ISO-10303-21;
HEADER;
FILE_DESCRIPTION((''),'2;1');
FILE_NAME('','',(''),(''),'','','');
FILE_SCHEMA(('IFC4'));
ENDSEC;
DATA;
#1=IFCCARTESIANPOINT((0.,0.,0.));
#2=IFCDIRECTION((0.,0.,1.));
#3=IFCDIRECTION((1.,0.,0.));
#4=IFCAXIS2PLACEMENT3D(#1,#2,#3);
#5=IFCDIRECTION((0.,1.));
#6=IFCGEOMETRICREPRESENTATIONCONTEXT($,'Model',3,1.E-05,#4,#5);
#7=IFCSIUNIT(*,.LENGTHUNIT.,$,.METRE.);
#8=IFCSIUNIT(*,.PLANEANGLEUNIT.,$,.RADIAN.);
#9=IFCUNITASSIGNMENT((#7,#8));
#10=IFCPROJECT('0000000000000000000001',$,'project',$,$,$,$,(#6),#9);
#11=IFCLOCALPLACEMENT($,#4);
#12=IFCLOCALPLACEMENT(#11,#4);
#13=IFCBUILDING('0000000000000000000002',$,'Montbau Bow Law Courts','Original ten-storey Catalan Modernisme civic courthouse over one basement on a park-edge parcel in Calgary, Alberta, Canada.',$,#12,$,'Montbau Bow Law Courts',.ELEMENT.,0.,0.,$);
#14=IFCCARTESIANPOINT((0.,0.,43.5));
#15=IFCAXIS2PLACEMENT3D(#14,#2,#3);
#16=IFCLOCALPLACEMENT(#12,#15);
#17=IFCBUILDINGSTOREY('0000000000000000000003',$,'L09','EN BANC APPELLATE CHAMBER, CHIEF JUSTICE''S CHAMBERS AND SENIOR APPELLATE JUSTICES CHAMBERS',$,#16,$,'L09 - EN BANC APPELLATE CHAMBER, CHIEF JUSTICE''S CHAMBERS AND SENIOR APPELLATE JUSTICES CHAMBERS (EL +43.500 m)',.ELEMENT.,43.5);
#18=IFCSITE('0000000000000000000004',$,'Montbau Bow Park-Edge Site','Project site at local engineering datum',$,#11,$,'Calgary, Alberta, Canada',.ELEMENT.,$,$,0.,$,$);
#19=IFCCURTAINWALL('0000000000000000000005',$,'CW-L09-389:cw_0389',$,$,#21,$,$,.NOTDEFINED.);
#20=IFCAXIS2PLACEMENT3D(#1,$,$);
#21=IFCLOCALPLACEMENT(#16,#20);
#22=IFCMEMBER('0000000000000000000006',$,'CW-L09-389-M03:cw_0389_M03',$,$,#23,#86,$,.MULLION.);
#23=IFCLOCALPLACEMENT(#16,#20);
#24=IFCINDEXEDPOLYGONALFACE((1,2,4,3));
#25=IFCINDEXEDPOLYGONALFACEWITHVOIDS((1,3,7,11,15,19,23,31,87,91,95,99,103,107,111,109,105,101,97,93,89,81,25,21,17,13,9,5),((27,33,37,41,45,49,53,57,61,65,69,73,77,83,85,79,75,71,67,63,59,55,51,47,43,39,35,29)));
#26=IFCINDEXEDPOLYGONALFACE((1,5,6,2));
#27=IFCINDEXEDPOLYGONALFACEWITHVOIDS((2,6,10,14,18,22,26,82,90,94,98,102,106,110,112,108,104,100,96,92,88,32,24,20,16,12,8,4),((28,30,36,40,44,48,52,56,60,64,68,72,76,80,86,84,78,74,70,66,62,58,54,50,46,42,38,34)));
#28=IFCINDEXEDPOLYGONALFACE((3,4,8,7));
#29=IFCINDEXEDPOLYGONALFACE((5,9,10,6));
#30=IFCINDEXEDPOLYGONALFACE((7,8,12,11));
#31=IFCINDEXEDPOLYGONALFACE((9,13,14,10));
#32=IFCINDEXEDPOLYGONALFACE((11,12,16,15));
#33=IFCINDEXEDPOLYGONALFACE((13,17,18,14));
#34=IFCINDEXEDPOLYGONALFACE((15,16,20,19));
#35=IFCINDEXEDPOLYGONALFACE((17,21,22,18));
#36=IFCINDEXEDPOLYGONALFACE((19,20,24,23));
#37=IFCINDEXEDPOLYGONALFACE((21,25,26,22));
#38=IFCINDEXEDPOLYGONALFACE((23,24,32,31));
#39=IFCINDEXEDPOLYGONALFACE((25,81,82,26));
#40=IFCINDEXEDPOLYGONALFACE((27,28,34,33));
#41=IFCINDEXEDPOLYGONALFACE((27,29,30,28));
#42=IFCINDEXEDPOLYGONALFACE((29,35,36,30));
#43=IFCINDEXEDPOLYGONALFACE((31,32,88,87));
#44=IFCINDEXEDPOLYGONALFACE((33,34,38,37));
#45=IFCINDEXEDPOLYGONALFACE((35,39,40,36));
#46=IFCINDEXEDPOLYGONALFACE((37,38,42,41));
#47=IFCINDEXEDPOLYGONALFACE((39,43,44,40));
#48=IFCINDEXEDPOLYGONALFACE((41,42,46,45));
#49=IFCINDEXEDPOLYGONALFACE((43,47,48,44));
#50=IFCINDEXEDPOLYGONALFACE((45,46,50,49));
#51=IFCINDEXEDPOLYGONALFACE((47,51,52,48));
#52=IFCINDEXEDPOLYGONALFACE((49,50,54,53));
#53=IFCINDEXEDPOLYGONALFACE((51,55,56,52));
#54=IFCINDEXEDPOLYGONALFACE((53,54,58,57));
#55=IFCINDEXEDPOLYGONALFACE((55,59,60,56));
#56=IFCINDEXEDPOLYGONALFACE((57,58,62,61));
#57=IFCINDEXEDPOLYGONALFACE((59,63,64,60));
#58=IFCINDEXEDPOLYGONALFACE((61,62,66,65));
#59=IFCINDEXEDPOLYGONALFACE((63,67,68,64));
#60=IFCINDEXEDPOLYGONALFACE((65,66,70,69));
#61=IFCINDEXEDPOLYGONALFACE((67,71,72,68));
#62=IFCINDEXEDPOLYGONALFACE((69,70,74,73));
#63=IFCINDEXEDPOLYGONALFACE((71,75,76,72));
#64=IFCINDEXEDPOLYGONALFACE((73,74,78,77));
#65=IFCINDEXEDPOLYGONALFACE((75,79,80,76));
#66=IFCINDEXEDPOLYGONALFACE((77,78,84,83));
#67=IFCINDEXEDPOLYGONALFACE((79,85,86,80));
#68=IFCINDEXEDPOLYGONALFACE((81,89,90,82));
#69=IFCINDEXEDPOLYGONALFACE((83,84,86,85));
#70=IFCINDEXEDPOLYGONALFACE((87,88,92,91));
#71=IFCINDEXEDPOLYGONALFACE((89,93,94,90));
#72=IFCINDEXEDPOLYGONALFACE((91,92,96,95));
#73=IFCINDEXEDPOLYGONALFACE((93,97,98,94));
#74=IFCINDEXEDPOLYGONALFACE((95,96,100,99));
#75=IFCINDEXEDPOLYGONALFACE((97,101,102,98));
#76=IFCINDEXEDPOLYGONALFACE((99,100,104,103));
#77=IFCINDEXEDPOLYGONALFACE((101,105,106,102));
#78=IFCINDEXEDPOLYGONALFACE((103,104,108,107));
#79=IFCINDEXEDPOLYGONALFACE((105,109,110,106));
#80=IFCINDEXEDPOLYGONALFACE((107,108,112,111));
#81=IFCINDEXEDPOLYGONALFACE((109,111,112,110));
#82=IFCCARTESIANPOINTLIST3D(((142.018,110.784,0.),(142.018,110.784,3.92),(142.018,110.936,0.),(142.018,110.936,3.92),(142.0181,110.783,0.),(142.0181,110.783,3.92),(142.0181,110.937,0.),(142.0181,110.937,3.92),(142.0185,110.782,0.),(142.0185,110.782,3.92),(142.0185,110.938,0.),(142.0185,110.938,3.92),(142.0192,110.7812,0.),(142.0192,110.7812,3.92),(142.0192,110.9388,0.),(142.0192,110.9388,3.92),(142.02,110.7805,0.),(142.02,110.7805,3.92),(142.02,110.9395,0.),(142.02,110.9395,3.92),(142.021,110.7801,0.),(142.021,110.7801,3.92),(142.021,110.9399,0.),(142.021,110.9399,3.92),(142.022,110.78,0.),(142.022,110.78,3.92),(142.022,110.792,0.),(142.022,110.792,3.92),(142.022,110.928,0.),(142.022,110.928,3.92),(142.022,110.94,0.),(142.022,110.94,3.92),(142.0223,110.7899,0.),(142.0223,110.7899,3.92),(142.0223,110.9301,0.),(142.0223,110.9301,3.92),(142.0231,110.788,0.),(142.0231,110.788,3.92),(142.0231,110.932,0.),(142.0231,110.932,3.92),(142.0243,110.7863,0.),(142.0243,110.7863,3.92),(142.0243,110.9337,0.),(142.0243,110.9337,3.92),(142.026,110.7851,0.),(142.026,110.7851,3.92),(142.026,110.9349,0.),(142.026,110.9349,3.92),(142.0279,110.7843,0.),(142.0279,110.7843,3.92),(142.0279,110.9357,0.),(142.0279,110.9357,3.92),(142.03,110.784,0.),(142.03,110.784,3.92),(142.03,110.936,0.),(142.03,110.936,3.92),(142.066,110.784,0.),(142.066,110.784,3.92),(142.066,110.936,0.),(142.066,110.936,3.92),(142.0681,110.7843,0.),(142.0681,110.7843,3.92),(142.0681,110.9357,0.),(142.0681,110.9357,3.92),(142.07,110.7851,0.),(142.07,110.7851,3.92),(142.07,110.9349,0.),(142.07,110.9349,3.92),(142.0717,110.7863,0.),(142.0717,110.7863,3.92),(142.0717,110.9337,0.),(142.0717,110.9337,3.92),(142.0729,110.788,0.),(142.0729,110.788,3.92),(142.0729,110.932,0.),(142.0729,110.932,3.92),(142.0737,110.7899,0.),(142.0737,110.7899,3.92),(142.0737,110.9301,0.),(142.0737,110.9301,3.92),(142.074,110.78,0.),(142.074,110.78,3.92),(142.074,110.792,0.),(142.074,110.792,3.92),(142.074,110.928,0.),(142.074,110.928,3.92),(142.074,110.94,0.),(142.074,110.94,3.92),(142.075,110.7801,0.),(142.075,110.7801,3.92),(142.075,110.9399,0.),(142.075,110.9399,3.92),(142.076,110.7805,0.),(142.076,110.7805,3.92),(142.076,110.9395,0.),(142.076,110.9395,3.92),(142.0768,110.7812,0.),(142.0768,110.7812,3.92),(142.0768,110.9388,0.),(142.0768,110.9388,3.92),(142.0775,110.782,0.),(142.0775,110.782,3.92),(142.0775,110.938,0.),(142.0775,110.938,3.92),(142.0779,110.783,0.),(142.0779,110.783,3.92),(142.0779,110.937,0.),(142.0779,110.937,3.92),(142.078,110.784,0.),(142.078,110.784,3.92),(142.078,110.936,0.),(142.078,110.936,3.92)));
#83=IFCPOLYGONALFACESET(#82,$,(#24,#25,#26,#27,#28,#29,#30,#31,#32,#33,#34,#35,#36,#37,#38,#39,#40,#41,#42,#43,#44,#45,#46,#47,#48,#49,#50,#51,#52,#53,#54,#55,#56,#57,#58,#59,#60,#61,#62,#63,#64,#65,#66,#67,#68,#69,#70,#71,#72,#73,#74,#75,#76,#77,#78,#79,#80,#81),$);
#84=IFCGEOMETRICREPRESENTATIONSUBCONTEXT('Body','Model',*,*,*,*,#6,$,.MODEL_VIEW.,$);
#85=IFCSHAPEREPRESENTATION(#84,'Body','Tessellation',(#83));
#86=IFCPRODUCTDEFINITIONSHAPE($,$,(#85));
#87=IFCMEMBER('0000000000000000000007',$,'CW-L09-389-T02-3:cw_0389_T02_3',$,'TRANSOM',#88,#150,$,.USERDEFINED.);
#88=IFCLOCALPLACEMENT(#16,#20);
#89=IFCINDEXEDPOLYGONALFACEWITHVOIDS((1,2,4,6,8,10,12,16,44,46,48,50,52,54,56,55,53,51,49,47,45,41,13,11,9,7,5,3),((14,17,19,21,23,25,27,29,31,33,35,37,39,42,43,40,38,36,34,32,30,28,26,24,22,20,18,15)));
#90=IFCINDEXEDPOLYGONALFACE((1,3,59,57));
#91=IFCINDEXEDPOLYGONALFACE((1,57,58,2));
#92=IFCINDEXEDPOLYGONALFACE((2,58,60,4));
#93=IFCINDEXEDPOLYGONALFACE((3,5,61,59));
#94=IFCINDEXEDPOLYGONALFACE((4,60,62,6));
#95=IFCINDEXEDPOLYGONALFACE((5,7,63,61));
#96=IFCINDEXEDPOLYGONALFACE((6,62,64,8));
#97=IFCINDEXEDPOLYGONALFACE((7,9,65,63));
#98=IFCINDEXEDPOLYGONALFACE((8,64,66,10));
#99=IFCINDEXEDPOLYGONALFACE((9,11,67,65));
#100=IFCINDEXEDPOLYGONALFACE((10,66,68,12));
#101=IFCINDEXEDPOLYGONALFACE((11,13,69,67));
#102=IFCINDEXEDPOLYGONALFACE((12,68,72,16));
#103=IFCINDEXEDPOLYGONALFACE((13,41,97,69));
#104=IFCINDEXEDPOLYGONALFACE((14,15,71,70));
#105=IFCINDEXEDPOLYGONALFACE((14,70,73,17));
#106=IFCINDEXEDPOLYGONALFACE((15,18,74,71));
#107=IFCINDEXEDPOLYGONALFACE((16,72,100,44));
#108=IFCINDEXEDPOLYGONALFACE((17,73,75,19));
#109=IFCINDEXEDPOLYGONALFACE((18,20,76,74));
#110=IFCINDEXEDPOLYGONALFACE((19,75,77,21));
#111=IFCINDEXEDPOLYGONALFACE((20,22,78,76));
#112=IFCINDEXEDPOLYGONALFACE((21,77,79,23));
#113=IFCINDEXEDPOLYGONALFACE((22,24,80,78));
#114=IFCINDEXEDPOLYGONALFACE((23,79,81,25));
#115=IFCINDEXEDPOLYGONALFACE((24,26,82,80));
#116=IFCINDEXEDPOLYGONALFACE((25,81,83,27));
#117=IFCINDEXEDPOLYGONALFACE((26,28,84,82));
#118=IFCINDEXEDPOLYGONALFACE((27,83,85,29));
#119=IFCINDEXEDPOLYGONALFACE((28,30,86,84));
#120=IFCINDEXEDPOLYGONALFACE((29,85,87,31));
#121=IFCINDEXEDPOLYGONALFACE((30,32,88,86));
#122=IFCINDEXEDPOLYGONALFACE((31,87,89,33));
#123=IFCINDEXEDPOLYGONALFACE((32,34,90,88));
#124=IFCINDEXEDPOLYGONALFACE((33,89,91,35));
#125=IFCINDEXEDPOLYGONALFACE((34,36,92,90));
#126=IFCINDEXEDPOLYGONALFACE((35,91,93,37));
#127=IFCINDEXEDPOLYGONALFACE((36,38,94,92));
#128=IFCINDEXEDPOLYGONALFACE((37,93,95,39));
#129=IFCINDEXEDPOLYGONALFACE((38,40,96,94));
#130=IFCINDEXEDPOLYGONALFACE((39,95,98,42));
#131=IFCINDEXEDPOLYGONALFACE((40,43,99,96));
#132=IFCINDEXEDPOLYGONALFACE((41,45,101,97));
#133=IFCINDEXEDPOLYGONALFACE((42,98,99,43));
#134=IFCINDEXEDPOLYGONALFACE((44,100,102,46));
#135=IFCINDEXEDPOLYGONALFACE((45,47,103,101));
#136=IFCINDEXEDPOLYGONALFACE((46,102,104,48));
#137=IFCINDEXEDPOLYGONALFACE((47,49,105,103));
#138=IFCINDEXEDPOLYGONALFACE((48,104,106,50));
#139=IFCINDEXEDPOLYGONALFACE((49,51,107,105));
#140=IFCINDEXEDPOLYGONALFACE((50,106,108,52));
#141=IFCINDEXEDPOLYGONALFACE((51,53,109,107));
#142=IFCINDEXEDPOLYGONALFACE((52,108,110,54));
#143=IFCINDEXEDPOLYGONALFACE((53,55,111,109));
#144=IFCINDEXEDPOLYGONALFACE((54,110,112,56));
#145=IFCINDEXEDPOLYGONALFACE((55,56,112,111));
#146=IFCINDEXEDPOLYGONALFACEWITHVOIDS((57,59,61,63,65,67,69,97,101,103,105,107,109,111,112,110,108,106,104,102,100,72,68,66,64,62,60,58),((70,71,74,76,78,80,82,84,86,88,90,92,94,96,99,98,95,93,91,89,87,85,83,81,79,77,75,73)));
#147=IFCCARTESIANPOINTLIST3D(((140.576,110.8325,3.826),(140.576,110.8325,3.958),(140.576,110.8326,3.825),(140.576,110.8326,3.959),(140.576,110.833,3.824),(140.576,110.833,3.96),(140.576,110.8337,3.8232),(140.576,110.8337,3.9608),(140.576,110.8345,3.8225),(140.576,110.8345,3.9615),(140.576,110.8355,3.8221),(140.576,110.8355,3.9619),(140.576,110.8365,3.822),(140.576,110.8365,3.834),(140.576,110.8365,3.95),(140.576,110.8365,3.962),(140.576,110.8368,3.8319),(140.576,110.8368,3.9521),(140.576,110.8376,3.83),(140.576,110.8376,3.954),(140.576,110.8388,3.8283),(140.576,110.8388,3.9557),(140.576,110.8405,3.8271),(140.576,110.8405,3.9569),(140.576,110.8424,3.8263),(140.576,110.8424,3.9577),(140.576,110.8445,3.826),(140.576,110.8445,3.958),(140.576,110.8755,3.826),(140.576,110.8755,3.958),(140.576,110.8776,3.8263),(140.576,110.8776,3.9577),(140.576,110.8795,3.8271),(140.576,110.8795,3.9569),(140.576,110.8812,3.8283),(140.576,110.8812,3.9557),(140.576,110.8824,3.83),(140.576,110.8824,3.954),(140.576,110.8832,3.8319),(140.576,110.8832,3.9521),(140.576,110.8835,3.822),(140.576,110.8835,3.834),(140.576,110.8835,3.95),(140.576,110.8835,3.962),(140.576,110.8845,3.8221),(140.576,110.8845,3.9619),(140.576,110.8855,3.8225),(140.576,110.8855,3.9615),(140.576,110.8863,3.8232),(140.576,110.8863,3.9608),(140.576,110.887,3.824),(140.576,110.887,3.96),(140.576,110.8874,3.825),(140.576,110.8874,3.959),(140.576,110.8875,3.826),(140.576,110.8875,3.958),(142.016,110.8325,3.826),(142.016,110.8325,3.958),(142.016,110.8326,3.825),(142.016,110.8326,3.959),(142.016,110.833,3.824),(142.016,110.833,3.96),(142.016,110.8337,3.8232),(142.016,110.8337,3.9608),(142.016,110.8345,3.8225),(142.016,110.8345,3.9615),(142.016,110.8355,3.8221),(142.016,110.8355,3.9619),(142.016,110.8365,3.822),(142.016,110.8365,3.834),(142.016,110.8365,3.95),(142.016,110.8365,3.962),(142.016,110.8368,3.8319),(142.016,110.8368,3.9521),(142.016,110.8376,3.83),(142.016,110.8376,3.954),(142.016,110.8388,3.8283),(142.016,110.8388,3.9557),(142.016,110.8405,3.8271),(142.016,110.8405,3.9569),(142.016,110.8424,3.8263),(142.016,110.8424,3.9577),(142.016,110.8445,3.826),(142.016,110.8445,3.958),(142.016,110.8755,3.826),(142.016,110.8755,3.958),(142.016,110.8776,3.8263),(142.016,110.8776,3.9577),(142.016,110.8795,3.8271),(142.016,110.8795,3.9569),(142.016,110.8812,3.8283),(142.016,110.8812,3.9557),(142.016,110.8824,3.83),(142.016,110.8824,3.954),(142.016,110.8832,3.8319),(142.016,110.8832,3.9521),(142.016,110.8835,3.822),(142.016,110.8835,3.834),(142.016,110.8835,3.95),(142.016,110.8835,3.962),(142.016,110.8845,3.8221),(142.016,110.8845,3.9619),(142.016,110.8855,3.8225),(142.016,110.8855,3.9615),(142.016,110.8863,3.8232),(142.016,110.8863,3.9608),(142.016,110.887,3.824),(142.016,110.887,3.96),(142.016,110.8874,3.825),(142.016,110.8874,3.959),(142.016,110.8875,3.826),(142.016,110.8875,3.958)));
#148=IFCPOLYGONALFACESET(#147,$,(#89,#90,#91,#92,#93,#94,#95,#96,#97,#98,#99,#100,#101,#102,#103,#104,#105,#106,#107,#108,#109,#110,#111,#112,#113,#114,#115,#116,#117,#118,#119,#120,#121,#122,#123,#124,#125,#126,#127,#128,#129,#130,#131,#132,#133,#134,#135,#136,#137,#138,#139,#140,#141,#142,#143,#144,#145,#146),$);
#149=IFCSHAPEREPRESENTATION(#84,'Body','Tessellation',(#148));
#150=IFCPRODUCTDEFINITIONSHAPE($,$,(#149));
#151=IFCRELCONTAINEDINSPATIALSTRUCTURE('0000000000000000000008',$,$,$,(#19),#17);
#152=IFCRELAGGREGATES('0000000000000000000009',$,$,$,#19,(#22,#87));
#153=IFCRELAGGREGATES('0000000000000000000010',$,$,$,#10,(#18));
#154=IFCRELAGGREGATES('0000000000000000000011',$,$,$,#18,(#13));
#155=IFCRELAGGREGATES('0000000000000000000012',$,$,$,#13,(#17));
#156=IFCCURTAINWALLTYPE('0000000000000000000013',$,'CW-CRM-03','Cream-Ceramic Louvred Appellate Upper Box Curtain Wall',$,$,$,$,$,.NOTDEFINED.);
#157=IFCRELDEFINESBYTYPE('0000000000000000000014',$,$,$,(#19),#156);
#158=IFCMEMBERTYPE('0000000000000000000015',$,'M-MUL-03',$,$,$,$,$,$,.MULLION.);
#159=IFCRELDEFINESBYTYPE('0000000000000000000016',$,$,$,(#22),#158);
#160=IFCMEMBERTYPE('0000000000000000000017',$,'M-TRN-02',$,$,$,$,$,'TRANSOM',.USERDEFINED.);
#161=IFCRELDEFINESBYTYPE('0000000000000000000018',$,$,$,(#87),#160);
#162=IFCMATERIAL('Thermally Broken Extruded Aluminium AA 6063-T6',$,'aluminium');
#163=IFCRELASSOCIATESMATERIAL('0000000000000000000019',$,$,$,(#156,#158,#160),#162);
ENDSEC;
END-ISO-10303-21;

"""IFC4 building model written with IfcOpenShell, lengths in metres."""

from ifc_helpers import new_model, si_unit, direction, frame, origin_with_axes, origin_2d_with_axis, place, context, subcontext, project, spatial, hollow_rectangle, extrude, material, material_profile, profile_set, type_object, element, aggregate, save


model = new_model("IFC4")

# Units and contexts
model_context = context("Model", 3, precision=1e-05, world=origin_with_axes(), true_north=direction((0.0, 1.0)))
body_context = subcontext(model_context, "Body", "Model", "MODEL_VIEW")
ifc_project = project(units=[si_unit("LENGTHUNIT", "METRE"), si_unit("PLANEANGLEUNIT", "RADIAN")], contexts=[model_context])

# Site, building, storey
site_placement = place(None, origin_with_axes())
site = spatial("IfcSite", under=ifc_project, at=site_placement, Name="Montbau Bow Park-Edge Site", Description="Project site at local engineering datum", LongName="Calgary, Alberta, Canada", CompositionType="ELEMENT", RefElevation=0.0)
building_placement = place(site_placement, origin_with_axes())
building = spatial("IfcBuilding", under=site, at=building_placement, Name="Montbau Bow Law Courts", Description="Original ten-storey Catalan Modernisme civic courthouse over one basement on a park-edge parcel in Calgary, Alberta, Canada.", LongName="Montbau Bow Law Courts", CompositionType="ELEMENT", ElevationOfRefHeight=0.0, ElevationOfTerrain=0.0)
storey_placement = place(building_placement, frame((0.0, 0.0, 43.5), z_axis=(0.0, 0.0, 1.0), x_axis=(1.0, 0.0, 0.0)))
storey = spatial("IfcBuildingStorey", under=building, at=storey_placement, Name="L09", Description="EN BANC APPELLATE CHAMBER, CHIEF JUSTICE'S CHAMBERS AND SENIOR APPELLATE JUSTICES CHAMBERS", LongName="L09 - EN BANC APPELLATE CHAMBER, CHIEF JUSTICE'S CHAMBERS AND SENIOR APPELLATE JUSTICES CHAMBERS (EL +43.500 m)", CompositionType="ELEMENT", Elevation=43.5)

# Curtain wall, members
ifc_material_1 = material(Name="Thermally Broken Extruded Aluminium AA 6063-T6", Category="aluminium")
curtain_wall_type = type_object("IfcCurtainWallType", Name="CW-CRM-03", Description="Cream-Ceramic Louvred Appellate Upper Box Curtain Wall", PredefinedType="NOTDEFINED", material=ifc_material_1)
curtain_wall_placement = place(None, frame((139.04, 110.86, 43.5), z_axis=(0.0, 0.0, 1.0), x_axis=(1.0, 0.0, 0.0)))
curtain_wall = element("IfcCurtainWall", 1, at=curtain_wall_placement, inside=storey, type_object=curtain_wall_type, Name="CW-L09-389:cw_0389", PredefinedType="NOTDEFINED")
ifc_material_profile_1 = material_profile(ifc_material_1, hollow_rectangle(XDim=0.06, YDim=0.16, WallThickness=0.004, InnerFilletRadius=0.008, OuterFilletRadius=0.004, at=origin_2d_with_axis()), Name="CWM-160X60", Category="Main", Priority=0)
ifc_profile_set_1 = profile_set([ifc_material_profile_1], Name="Thermally Broken Extruded Aluminium AA 6063-T6")
member_type_1 = type_object("IfcMemberType", Name="M-MUL-03", PredefinedType="MULLION", material=ifc_profile_set_1)
member_1_placement = place(None, frame((142.048, 110.86, 43.5), z_axis=(0.0, 0.0, 1.0), x_axis=(1.0, 0.0, 0.0)))
member_1 = element("IfcMember", 2, at=member_1_placement, type_object=member_type_1, Name="CW-L09-389-M03:cw_0389_M03", PredefinedType="MULLION", context=body_context, shape_type="SweptSolid", body=[
    extrude(hollow_rectangle(XDim=0.06, YDim=0.16, WallThickness=0.004, InnerFilletRadius=0.008, OuterFilletRadius=0.004, at=origin_2d_with_axis()), origin_with_axes(), (0.0, 0.0, 1.0), 3.92),
])
ifc_material_profile_2 = material_profile(ifc_material_1, hollow_rectangle(XDim=0.055, YDim=0.14, WallThickness=0.004, InnerFilletRadius=0.008, OuterFilletRadius=0.004, at=origin_2d_with_axis()), Name="CWT-140X55", Category="Main", Priority=0)
ifc_profile_set_2 = profile_set([ifc_material_profile_2], Name="Thermally Broken Extruded Aluminium AA 6063-T6")
member_type_2 = type_object("IfcMemberType", Name="M-TRN-02", ElementType="TRANSOM", PredefinedType="USERDEFINED", material=ifc_profile_set_2)
member_2_placement = place(None, frame((140.576, 110.86, 47.392), z_axis=(1.0, 0.0, 0.0), x_axis=(0.0, 1.0, 0.0)))
member_2 = element("IfcMember", 3, at=member_2_placement, type_object=member_type_2, Name="CW-L09-389-T02-3:cw_0389_T02_3", ObjectType="TRANSOM", PredefinedType="USERDEFINED", context=body_context, shape_type="SweptSolid", body=[
    extrude(hollow_rectangle(XDim=0.055, YDim=0.14, WallThickness=0.004, InnerFilletRadius=0.008, OuterFilletRadius=0.004, at=origin_2d_with_axis()), origin_with_axes(), (0.0, 0.0, 1.0), 1.44),
])
aggregate(curtain_wall, [member_1, member_2])

save(model, "model.ifc")
